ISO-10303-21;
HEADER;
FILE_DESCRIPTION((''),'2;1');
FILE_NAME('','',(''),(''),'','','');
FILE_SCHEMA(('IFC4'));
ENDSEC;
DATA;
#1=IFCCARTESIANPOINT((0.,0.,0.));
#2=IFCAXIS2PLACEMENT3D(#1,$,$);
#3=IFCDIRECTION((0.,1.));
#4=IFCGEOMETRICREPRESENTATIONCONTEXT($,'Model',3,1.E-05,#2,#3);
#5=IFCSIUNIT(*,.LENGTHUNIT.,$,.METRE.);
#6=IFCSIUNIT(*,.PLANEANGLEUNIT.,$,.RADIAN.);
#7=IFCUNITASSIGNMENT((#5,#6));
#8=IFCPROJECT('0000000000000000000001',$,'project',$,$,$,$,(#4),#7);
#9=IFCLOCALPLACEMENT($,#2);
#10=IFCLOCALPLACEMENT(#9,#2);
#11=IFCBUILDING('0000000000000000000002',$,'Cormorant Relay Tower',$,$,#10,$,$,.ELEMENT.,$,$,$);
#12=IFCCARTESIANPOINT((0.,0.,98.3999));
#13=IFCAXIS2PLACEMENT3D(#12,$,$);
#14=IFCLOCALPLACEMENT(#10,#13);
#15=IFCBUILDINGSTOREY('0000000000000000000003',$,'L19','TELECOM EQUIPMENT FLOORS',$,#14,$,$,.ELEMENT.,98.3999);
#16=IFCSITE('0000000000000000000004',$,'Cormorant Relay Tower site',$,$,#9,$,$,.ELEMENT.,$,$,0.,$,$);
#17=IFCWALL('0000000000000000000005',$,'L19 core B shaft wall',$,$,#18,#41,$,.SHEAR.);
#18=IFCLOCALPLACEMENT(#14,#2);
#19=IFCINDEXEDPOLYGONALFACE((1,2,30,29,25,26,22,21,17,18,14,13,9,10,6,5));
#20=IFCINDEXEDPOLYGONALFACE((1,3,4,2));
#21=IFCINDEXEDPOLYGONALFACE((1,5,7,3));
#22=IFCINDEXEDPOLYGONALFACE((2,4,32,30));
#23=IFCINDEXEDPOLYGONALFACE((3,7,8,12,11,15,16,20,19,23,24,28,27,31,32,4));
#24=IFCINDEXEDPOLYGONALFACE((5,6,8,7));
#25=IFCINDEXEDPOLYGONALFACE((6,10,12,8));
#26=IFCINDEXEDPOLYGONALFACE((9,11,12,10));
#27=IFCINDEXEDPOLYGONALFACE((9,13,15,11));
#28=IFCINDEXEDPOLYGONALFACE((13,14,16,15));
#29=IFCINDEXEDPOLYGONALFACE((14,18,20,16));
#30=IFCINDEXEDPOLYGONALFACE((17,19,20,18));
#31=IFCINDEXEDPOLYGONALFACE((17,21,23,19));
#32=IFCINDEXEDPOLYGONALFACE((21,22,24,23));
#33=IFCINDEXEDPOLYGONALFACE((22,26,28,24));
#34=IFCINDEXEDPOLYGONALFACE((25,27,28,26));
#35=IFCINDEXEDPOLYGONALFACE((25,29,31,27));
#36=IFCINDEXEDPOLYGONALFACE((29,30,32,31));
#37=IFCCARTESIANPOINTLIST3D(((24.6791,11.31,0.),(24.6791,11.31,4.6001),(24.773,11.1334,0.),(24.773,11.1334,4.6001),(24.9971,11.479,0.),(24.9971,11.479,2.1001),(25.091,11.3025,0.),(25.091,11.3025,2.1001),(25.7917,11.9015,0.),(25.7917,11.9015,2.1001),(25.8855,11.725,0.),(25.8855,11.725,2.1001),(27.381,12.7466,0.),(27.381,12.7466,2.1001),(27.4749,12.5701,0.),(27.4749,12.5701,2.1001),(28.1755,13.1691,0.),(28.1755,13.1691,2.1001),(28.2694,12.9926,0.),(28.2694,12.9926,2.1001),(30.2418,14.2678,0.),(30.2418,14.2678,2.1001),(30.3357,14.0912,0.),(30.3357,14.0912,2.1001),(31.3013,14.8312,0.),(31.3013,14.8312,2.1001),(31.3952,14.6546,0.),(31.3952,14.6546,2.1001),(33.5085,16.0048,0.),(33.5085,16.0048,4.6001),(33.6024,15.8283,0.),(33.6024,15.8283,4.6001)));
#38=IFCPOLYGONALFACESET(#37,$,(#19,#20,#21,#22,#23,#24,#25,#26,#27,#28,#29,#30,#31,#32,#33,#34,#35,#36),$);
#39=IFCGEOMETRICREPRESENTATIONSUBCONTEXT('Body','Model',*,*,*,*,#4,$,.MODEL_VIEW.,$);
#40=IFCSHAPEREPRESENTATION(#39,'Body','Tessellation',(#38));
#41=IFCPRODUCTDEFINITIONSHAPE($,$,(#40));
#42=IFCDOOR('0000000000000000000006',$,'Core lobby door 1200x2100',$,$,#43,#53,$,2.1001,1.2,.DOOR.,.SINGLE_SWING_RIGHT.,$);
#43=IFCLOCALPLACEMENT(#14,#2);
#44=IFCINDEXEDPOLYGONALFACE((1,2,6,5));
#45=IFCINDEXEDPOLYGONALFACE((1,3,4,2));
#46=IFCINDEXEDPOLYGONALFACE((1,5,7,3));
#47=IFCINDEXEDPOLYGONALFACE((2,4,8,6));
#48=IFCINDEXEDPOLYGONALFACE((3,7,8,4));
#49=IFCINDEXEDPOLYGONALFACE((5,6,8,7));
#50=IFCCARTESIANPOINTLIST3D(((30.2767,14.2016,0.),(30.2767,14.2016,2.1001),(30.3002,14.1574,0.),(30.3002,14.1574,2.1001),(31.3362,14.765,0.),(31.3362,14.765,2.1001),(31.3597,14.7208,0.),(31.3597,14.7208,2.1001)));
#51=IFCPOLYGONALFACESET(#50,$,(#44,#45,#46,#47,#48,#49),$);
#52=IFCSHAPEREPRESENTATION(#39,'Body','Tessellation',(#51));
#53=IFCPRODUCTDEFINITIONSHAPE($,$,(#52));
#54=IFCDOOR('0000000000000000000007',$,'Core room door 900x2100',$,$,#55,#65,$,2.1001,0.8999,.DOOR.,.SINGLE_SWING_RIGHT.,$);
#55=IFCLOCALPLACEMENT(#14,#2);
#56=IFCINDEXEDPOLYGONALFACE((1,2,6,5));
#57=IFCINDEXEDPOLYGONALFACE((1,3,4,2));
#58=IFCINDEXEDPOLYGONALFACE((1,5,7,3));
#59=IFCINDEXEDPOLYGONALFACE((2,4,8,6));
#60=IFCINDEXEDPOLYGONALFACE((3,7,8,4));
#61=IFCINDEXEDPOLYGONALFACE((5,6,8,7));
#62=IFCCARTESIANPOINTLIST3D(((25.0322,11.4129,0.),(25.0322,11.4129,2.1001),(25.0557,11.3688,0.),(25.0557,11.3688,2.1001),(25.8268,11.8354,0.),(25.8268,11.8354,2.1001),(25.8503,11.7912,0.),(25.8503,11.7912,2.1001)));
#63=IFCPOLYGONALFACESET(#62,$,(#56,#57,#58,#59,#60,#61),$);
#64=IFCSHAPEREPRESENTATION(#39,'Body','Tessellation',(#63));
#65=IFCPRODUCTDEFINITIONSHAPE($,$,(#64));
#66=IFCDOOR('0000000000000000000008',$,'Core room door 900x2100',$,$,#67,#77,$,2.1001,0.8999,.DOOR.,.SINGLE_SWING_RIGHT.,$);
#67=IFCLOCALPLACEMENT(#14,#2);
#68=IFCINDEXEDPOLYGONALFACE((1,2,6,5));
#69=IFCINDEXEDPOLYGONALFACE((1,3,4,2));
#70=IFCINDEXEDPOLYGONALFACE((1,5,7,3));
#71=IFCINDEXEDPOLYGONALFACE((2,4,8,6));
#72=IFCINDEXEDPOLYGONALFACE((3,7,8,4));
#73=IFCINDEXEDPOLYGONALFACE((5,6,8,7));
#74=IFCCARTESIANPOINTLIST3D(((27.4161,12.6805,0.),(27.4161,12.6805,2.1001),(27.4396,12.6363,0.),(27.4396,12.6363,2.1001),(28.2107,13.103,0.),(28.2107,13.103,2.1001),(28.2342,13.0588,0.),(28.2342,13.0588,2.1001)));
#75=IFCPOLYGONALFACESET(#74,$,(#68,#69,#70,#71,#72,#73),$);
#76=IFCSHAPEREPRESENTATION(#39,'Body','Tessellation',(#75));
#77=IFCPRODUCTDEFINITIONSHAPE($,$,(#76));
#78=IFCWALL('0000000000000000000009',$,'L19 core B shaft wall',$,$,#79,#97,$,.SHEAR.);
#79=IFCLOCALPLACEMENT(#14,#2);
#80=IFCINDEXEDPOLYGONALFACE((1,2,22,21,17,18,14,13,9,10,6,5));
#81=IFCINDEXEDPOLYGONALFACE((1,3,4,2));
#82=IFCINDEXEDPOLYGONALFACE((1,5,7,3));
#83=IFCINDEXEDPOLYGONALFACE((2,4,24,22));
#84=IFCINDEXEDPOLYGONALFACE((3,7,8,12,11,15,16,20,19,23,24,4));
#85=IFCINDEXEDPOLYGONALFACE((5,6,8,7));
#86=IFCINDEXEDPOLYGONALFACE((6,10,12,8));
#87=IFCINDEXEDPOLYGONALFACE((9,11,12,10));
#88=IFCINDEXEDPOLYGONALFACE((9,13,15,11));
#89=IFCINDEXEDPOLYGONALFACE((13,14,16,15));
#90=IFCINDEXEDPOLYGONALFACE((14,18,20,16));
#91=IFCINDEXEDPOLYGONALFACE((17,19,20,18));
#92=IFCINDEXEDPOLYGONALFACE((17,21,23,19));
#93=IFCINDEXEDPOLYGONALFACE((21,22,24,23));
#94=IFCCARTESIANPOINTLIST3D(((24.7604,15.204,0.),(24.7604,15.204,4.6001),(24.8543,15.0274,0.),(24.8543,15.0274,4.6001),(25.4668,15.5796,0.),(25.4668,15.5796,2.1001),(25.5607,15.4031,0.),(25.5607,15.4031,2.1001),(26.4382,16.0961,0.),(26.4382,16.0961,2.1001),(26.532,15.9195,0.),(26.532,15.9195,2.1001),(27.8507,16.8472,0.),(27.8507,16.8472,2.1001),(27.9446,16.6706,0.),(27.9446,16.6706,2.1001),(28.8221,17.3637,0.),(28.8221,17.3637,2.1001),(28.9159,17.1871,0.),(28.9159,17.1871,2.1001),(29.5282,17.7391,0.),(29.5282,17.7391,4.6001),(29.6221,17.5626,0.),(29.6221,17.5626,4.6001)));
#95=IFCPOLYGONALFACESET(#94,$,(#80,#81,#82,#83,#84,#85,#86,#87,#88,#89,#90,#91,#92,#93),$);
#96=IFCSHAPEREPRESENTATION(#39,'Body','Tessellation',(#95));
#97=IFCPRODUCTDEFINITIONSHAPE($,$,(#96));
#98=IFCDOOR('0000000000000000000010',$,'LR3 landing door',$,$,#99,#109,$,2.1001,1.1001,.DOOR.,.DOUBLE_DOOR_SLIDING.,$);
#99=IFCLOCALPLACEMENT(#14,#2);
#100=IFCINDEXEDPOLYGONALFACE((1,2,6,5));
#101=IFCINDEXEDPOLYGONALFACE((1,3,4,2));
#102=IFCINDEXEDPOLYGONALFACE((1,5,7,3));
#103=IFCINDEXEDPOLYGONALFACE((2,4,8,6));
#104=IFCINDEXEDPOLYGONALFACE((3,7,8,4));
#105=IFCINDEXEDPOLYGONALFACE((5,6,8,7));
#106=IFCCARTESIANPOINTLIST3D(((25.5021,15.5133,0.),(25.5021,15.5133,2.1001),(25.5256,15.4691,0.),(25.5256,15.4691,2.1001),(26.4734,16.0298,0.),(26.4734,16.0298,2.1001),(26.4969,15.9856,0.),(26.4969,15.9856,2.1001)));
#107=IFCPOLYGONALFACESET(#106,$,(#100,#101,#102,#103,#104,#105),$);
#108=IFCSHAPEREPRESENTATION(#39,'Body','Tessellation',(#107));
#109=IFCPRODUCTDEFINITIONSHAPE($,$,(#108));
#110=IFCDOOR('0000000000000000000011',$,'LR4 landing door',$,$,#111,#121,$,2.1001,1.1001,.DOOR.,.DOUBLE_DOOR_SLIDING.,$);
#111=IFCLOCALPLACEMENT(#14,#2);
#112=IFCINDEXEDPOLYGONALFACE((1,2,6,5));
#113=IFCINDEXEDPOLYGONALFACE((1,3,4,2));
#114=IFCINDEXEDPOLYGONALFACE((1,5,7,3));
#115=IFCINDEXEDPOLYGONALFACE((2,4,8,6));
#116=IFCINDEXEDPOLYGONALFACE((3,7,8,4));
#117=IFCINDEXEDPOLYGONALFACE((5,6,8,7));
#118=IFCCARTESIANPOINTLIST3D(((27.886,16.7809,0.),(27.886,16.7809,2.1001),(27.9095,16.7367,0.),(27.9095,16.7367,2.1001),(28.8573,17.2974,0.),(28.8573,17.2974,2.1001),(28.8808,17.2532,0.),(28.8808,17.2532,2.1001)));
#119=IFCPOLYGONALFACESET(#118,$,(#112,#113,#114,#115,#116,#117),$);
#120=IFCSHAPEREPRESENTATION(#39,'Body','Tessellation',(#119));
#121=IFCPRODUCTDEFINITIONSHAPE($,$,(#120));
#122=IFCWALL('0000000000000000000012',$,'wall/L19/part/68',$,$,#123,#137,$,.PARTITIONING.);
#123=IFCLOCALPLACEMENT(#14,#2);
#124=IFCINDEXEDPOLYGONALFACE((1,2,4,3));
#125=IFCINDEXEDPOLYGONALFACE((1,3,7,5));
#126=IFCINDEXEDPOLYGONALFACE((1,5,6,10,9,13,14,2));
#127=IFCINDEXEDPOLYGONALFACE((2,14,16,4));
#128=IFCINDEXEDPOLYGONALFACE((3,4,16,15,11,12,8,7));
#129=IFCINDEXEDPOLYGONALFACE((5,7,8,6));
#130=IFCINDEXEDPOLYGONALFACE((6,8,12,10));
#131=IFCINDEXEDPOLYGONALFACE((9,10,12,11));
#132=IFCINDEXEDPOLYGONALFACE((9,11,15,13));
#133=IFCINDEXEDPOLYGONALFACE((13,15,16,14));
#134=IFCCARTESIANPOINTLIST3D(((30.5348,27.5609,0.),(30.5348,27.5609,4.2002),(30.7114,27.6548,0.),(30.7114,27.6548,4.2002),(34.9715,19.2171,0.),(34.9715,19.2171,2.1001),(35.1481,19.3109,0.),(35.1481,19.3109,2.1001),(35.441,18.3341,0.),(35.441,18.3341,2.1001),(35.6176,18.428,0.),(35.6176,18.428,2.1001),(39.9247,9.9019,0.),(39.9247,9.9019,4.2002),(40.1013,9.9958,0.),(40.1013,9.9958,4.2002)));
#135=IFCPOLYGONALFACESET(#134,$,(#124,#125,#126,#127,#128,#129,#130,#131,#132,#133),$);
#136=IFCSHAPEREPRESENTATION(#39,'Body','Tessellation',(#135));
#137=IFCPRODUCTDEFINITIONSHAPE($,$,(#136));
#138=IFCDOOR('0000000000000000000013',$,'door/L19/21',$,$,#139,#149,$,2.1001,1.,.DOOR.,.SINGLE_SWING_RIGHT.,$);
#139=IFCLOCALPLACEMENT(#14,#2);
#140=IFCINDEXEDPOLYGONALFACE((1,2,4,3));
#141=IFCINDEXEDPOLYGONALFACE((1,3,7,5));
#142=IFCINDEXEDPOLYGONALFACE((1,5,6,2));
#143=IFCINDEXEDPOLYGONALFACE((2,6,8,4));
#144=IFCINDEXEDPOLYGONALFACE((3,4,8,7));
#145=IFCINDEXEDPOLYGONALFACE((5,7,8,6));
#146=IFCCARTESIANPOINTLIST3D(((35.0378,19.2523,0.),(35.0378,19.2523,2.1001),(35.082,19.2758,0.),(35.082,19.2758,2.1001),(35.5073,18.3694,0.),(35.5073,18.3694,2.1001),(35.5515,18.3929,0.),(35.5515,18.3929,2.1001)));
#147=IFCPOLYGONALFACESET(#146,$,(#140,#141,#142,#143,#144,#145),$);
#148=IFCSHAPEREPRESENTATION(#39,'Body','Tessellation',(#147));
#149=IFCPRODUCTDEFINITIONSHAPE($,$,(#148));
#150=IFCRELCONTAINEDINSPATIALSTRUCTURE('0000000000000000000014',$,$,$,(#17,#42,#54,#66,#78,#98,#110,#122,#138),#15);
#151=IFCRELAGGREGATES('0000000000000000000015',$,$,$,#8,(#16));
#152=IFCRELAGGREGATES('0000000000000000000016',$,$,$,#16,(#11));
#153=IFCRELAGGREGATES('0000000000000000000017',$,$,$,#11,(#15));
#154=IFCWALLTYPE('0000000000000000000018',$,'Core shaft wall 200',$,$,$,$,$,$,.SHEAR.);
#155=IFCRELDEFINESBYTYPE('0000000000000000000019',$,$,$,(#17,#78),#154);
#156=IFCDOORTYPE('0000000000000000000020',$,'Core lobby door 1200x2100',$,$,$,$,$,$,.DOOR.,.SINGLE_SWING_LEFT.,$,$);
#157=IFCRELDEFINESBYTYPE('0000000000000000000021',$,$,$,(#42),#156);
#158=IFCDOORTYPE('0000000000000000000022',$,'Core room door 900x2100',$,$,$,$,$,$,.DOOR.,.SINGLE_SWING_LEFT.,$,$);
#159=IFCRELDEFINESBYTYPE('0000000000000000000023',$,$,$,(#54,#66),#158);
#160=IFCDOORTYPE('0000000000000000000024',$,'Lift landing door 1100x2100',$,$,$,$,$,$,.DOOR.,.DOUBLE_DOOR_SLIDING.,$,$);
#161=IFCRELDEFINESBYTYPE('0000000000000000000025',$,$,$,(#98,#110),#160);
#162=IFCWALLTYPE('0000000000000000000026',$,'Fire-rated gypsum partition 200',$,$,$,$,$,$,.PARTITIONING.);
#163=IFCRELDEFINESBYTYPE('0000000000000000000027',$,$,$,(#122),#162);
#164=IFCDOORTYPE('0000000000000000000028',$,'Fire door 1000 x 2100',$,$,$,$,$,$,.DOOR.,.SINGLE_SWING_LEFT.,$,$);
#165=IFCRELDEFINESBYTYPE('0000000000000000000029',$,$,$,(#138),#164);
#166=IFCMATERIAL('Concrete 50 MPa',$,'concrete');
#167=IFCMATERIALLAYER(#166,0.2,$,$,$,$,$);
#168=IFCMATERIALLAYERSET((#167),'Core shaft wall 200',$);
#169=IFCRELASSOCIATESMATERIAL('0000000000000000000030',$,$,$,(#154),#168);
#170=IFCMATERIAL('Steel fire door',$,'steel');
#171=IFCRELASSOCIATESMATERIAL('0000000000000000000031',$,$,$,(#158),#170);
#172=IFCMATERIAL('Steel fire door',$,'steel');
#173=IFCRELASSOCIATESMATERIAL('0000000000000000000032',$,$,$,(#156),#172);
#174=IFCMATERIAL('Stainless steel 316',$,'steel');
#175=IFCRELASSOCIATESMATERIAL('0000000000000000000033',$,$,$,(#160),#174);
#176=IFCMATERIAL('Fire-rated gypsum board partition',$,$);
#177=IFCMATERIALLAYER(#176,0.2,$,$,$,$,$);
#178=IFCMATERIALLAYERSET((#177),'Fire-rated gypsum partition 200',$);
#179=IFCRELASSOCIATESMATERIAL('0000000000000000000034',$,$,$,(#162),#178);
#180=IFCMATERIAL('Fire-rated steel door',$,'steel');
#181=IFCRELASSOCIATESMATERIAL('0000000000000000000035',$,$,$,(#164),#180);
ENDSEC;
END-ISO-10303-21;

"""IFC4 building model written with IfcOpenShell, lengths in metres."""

from ifc_helpers import new_model, si_unit, direction, frame, frame_2d, origin, place, context, subcontext, project, spatial, rectangle, extrude, material, layer, layer_set, type_object, element, fill, save


model = new_model("IFC4")

# Units and contexts
model_context = context("Model", 3, precision=1e-05, world=origin(), true_north=direction((0.0, 1.0)))
body_context = subcontext(model_context, "Body", "Model", "MODEL_VIEW")
ifc_project = project(units=[si_unit("LENGTHUNIT", "METRE"), si_unit("PLANEANGLEUNIT", "RADIAN")], contexts=[model_context])

# Site, building, storey
site_placement = place(None, origin())
site = spatial("IfcSite", under=ifc_project, at=site_placement, Name="Cormorant Relay Tower site", CompositionType="ELEMENT", RefElevation=0.0)
building_placement = place(site_placement, origin())
building = spatial("IfcBuilding", under=site, at=building_placement, Name="Cormorant Relay Tower", CompositionType="ELEMENT")
storey_placement = place(building_placement, frame((0.0, 0.0, 98.3999)))
storey = spatial("IfcBuildingStorey", under=building, at=storey_placement, Name="L19", Description="TELECOM EQUIPMENT FLOORS", CompositionType="ELEMENT", Elevation=98.3999)

# Shared definitions
ifc_material_1 = material(Name="Concrete 50 MPa", Category="concrete")
ifc_layer_1 = layer(ifc_material_1, 0.2)
ifc_layer_set_1 = layer_set([ifc_layer_1], Name="Core shaft wall 200")
wall_type_1 = type_object("IfcWallType", Name="Core shaft wall 200", PredefinedType="SHEAR", material=ifc_layer_set_1)
ifc_material_2 = material(Name="Steel fire door", Category="steel")
door_type_1 = type_object("IfcDoorType", Name="Core room door 900x2100", OperationType="SINGLE_SWING_LEFT", PredefinedType="DOOR", material=ifc_material_2)

# Walls, openings, doors
wall_1_placement = place(storey_placement, frame((24.7261, 11.2217, 0.0), z_axis=(0.0, 0.0, 1.0), x_axis=(0.88294, 0.469485, 0.0)))
wall_1 = element("IfcWall", 1, at=wall_1_placement, inside=storey, type_object=wall_type_1, Name="L19 core B shaft wall", PredefinedType="SHEAR", context=body_context, shape_type="SweptSolid", body=[
    extrude(rectangle(XDim=10.0, YDim=0.2, at=frame_2d((5.0, 0.0))), origin(), (0.0, 0.0, 1.0), 4.6001),
])
opening_1_placement = place(wall_1_placement, frame((6.3, 0.0, 0.0)))
opening_1 = element("IfcOpeningElement", 2, at=opening_1_placement, cuts=wall_1, PredefinedType="OPENING", context=body_context, shape_type="SweptSolid", body=[
    extrude(rectangle(XDim=1.2, YDim=2.1001, at=frame_2d((0.6001, 1.05))), frame((0.0, 0.1099, 0.0), z_axis=(0.0, -1.0, 0.0), x_axis=(1.0, 0.0, 0.0)), (0.0, 0.0, 1.0), 0.22),
])
opening_2_placement = place(wall_1_placement, frame((0.3601, 0.0, 0.0)))
opening_2 = element("IfcOpeningElement", 3, at=opening_2_placement, cuts=wall_1, PredefinedType="OPENING", context=body_context, shape_type="SweptSolid", body=[
    extrude(rectangle(XDim=0.8999, YDim=2.1001, at=frame_2d((0.45, 1.05))), frame((0.0, 0.1099, 0.0), z_axis=(0.0, -1.0, 0.0), x_axis=(1.0, 0.0, 0.0)), (0.0, 0.0, 1.0), 0.22),
])
opening_3_placement = place(wall_1_placement, frame((3.0601, 0.0, 0.0)))
opening_3 = element("IfcOpeningElement", 4, at=opening_3_placement, cuts=wall_1, PredefinedType="OPENING", context=body_context, shape_type="SweptSolid", body=[
    extrude(rectangle(XDim=0.8999, YDim=2.1001, at=frame_2d((0.45, 1.05))), frame((0.0, 0.1099, 0.0), z_axis=(0.0, -1.0, 0.0), x_axis=(1.0, 0.0, 0.0)), (0.0, 0.0, 1.0), 0.22),
])
ifc_material_3 = material(Name="Steel fire door", Category="steel")
door_type_2 = type_object("IfcDoorType", Name="Core lobby door 1200x2100", OperationType="SINGLE_SWING_LEFT", PredefinedType="DOOR", material=ifc_material_3)
door_1_placement = place(opening_1_placement, frame((1.2, 0.0, 0.0), z_axis=(0.0, 0.0, 1.0), x_axis=(-1.0, 0.0, 0.0)))
door_1 = element("IfcDoor", 5, at=door_1_placement, inside=storey, type_object=door_type_2, Name="Core lobby door 1200x2100", OperationType="SINGLE_SWING_RIGHT", OverallHeight=2.1001, OverallWidth=1.2, PredefinedType="DOOR", context=body_context, shape_type="SweptSolid", body=[
    extrude(rectangle(XDim=1.2, YDim=2.1001, at=frame_2d((0.6001, 1.05))), frame((0.0, 0.0249, 0.0), z_axis=(0.0, -1.0, 0.0), x_axis=(1.0, 0.0, 0.0)), (0.0, 0.0, 1.0), 0.05),
])
fill(opening_1, door_1)
door_2_placement = place(opening_2_placement, frame((0.8999, 0.0, 0.0), z_axis=(0.0, 0.0, 1.0), x_axis=(-1.0, 0.0, 0.0)))
door_2 = element("IfcDoor", 6, at=door_2_placement, inside=storey, type_object=door_type_1, Name="Core room door 900x2100", OperationType="SINGLE_SWING_RIGHT", OverallHeight=2.1001, OverallWidth=0.8999, PredefinedType="DOOR", context=body_context, shape_type="SweptSolid", body=[
    extrude(rectangle(XDim=0.8999, YDim=2.1001, at=frame_2d((0.45, 1.05))), frame((0.0, 0.0249, 0.0), z_axis=(0.0, -1.0, 0.0), x_axis=(1.0, 0.0, 0.0)), (0.0, 0.0, 1.0), 0.05),
])
fill(opening_2, door_2)
door_3_placement = place(opening_3_placement, frame((0.8999, 0.0, 0.0), z_axis=(0.0, 0.0, 1.0), x_axis=(-1.0, 0.0, 0.0)))
door_3 = element("IfcDoor", 7, at=door_3_placement, inside=storey, type_object=door_type_1, Name="Core room door 900x2100", OperationType="SINGLE_SWING_RIGHT", OverallHeight=2.1001, OverallWidth=0.8999, PredefinedType="DOOR", context=body_context, shape_type="SweptSolid", body=[
    extrude(rectangle(XDim=0.8999, YDim=2.1001, at=frame_2d((0.45, 1.05))), frame((0.0, 0.0249, 0.0), z_axis=(0.0, -1.0, 0.0), x_axis=(1.0, 0.0, 0.0)), (0.0, 0.0, 1.0), 0.05),
])
fill(opening_3, door_3)
wall_2_placement = place(storey_placement, frame((24.8074, 15.1157, 0.0), z_axis=(0.0, 0.0, 1.0), x_axis=(0.882943, 0.46948, 0.0)))
wall_2 = element("IfcWall", 8, at=wall_2_placement, inside=storey, type_object=wall_type_1, Name="L19 core B shaft wall", PredefinedType="SHEAR", context=body_context, shape_type="SweptSolid", body=[
    extrude(rectangle(XDim=5.3999, YDim=0.2, at=frame_2d((2.7, 0.0))), origin(), (0.0, 0.0, 1.0), 4.6001),
])
opening_4_placement = place(wall_2_placement, frame((0.8, 0.0, 0.0)))
opening_4 = element("IfcOpeningElement", 9, at=opening_4_placement, cuts=wall_2, PredefinedType="OPENING", context=body_context, shape_type="SweptSolid", body=[
    extrude(rectangle(XDim=1.1001, YDim=2.1001, at=frame_2d((0.55, 1.05))), frame((0.0, 0.1099, 0.0), z_axis=(0.0, -1.0, 0.0), x_axis=(1.0, 0.0, 0.0)), (0.0, 0.0, 1.0), 0.22),
])
opening_5_placement = place(wall_2_placement, frame((3.5, 0.0, 0.0)))
opening_5 = element("IfcOpeningElement", 10, at=opening_5_placement, cuts=wall_2, PredefinedType="OPENING", context=body_context, shape_type="SweptSolid", body=[
    extrude(rectangle(XDim=1.1001, YDim=2.1001, at=frame_2d((0.55, 1.05))), frame((0.0, 0.1099, 0.0), z_axis=(0.0, -1.0, 0.0), x_axis=(1.0, 0.0, 0.0)), (0.0, 0.0, 1.0), 0.22),
])
ifc_material_4 = material(Name="Stainless steel 316", Category="steel")
door_type_3 = type_object("IfcDoorType", Name="Lift landing door 1100x2100", OperationType="DOUBLE_DOOR_SLIDING", PredefinedType="DOOR", material=ifc_material_4)
door_4_placement = place(opening_4_placement, origin())
door_4 = element("IfcDoor", 11, at=door_4_placement, inside=storey, type_object=door_type_3, Name="LR3 landing door", OperationType="DOUBLE_DOOR_SLIDING", OverallHeight=2.1001, OverallWidth=1.1001, PredefinedType="DOOR", context=body_context, shape_type="SweptSolid", body=[
    extrude(rectangle(XDim=1.1001, YDim=2.1001, at=frame_2d((0.55, 1.05))), frame((0.0, 0.0249, 0.0), z_axis=(0.0, -1.0, 0.0), x_axis=(1.0, 0.0, 0.0)), (0.0, 0.0, 1.0), 0.05),
])
fill(opening_4, door_4)
door_5_placement = place(opening_5_placement, origin())
door_5 = element("IfcDoor", 12, at=door_5_placement, inside=storey, type_object=door_type_3, Name="LR4 landing door", OperationType="DOUBLE_DOOR_SLIDING", OverallHeight=2.1001, OverallWidth=1.1001, PredefinedType="DOOR", context=body_context, shape_type="SweptSolid", body=[
    extrude(rectangle(XDim=1.1001, YDim=2.1001, at=frame_2d((0.55, 1.05))), frame((0.0, 0.0249, 0.0), z_axis=(0.0, -1.0, 0.0), x_axis=(1.0, 0.0, 0.0)), (0.0, 0.0, 1.0), 0.05),
])
fill(opening_5, door_5)

# Wall, opening, door
ifc_material_5 = material(Name="Fire-rated gypsum board partition")
ifc_layer_2 = layer(ifc_material_5, 0.2)
ifc_layer_set_2 = layer_set([ifc_layer_2], Name="Fire-rated gypsum partition 200")
wall_type_2 = type_object("IfcWallType", Name="Fire-rated gypsum partition 200", PredefinedType="PARTITIONING", material=ifc_layer_set_2)
wall_3_placement = place(storey_placement, frame((40.0129, 9.949, 0.0), z_axis=(0.0, 0.0, 1.0), x_axis=(-0.46949, 0.882938, 0.0)))
wall_3 = element("IfcWall", 13, at=wall_3_placement, inside=storey, type_object=wall_type_2, Name="wall/L19/part/68", PredefinedType="PARTITIONING", context=body_context, shape_type="SweptSolid", body=[
    extrude(rectangle(XDim=20.0002, YDim=0.2, at=frame_2d((10.0, 0.0))), origin(), (0.0, 0.0, 1.0), 4.2002),
])
opening_6_placement = place(wall_3_placement, frame((9.55, 0.0, 0.0)))
opening_6 = element("IfcOpeningElement", 14, at=opening_6_placement, cuts=wall_3, PredefinedType="OPENING", context=body_context, shape_type="SweptSolid", body=[
    extrude(rectangle(XDim=1.0, YDim=2.1001, at=frame_2d((0.5, 1.05))), frame((0.0, 0.1099, 0.0), z_axis=(0.0, -1.0, 0.0), x_axis=(1.0, 0.0, 0.0)), (0.0, 0.0, 1.0), 0.22),
])
ifc_material_6 = material(Name="Fire-rated steel door", Category="steel")
door_type_4 = type_object("IfcDoorType", Name="Fire door 1000 x 2100", OperationType="SINGLE_SWING_LEFT", PredefinedType="DOOR", material=ifc_material_6)
door_6_placement = place(opening_6_placement, origin())
door_6 = element("IfcDoor", 15, at=door_6_placement, inside=storey, type_object=door_type_4, Name="door/L19/21", OperationType="SINGLE_SWING_RIGHT", OverallHeight=2.1001, OverallWidth=1.0, PredefinedType="DOOR", context=body_context, shape_type="SweptSolid", body=[
    extrude(rectangle(XDim=1.0, YDim=2.1001, at=frame_2d((0.5, 1.05))), frame((0.0, 0.0249, 0.0), z_axis=(0.0, -1.0, 0.0), x_axis=(1.0, 0.0, 0.0)), (0.0, 0.0, 1.0), 0.05),
])
fill(opening_6, door_6)

save(model, "model.ifc")
